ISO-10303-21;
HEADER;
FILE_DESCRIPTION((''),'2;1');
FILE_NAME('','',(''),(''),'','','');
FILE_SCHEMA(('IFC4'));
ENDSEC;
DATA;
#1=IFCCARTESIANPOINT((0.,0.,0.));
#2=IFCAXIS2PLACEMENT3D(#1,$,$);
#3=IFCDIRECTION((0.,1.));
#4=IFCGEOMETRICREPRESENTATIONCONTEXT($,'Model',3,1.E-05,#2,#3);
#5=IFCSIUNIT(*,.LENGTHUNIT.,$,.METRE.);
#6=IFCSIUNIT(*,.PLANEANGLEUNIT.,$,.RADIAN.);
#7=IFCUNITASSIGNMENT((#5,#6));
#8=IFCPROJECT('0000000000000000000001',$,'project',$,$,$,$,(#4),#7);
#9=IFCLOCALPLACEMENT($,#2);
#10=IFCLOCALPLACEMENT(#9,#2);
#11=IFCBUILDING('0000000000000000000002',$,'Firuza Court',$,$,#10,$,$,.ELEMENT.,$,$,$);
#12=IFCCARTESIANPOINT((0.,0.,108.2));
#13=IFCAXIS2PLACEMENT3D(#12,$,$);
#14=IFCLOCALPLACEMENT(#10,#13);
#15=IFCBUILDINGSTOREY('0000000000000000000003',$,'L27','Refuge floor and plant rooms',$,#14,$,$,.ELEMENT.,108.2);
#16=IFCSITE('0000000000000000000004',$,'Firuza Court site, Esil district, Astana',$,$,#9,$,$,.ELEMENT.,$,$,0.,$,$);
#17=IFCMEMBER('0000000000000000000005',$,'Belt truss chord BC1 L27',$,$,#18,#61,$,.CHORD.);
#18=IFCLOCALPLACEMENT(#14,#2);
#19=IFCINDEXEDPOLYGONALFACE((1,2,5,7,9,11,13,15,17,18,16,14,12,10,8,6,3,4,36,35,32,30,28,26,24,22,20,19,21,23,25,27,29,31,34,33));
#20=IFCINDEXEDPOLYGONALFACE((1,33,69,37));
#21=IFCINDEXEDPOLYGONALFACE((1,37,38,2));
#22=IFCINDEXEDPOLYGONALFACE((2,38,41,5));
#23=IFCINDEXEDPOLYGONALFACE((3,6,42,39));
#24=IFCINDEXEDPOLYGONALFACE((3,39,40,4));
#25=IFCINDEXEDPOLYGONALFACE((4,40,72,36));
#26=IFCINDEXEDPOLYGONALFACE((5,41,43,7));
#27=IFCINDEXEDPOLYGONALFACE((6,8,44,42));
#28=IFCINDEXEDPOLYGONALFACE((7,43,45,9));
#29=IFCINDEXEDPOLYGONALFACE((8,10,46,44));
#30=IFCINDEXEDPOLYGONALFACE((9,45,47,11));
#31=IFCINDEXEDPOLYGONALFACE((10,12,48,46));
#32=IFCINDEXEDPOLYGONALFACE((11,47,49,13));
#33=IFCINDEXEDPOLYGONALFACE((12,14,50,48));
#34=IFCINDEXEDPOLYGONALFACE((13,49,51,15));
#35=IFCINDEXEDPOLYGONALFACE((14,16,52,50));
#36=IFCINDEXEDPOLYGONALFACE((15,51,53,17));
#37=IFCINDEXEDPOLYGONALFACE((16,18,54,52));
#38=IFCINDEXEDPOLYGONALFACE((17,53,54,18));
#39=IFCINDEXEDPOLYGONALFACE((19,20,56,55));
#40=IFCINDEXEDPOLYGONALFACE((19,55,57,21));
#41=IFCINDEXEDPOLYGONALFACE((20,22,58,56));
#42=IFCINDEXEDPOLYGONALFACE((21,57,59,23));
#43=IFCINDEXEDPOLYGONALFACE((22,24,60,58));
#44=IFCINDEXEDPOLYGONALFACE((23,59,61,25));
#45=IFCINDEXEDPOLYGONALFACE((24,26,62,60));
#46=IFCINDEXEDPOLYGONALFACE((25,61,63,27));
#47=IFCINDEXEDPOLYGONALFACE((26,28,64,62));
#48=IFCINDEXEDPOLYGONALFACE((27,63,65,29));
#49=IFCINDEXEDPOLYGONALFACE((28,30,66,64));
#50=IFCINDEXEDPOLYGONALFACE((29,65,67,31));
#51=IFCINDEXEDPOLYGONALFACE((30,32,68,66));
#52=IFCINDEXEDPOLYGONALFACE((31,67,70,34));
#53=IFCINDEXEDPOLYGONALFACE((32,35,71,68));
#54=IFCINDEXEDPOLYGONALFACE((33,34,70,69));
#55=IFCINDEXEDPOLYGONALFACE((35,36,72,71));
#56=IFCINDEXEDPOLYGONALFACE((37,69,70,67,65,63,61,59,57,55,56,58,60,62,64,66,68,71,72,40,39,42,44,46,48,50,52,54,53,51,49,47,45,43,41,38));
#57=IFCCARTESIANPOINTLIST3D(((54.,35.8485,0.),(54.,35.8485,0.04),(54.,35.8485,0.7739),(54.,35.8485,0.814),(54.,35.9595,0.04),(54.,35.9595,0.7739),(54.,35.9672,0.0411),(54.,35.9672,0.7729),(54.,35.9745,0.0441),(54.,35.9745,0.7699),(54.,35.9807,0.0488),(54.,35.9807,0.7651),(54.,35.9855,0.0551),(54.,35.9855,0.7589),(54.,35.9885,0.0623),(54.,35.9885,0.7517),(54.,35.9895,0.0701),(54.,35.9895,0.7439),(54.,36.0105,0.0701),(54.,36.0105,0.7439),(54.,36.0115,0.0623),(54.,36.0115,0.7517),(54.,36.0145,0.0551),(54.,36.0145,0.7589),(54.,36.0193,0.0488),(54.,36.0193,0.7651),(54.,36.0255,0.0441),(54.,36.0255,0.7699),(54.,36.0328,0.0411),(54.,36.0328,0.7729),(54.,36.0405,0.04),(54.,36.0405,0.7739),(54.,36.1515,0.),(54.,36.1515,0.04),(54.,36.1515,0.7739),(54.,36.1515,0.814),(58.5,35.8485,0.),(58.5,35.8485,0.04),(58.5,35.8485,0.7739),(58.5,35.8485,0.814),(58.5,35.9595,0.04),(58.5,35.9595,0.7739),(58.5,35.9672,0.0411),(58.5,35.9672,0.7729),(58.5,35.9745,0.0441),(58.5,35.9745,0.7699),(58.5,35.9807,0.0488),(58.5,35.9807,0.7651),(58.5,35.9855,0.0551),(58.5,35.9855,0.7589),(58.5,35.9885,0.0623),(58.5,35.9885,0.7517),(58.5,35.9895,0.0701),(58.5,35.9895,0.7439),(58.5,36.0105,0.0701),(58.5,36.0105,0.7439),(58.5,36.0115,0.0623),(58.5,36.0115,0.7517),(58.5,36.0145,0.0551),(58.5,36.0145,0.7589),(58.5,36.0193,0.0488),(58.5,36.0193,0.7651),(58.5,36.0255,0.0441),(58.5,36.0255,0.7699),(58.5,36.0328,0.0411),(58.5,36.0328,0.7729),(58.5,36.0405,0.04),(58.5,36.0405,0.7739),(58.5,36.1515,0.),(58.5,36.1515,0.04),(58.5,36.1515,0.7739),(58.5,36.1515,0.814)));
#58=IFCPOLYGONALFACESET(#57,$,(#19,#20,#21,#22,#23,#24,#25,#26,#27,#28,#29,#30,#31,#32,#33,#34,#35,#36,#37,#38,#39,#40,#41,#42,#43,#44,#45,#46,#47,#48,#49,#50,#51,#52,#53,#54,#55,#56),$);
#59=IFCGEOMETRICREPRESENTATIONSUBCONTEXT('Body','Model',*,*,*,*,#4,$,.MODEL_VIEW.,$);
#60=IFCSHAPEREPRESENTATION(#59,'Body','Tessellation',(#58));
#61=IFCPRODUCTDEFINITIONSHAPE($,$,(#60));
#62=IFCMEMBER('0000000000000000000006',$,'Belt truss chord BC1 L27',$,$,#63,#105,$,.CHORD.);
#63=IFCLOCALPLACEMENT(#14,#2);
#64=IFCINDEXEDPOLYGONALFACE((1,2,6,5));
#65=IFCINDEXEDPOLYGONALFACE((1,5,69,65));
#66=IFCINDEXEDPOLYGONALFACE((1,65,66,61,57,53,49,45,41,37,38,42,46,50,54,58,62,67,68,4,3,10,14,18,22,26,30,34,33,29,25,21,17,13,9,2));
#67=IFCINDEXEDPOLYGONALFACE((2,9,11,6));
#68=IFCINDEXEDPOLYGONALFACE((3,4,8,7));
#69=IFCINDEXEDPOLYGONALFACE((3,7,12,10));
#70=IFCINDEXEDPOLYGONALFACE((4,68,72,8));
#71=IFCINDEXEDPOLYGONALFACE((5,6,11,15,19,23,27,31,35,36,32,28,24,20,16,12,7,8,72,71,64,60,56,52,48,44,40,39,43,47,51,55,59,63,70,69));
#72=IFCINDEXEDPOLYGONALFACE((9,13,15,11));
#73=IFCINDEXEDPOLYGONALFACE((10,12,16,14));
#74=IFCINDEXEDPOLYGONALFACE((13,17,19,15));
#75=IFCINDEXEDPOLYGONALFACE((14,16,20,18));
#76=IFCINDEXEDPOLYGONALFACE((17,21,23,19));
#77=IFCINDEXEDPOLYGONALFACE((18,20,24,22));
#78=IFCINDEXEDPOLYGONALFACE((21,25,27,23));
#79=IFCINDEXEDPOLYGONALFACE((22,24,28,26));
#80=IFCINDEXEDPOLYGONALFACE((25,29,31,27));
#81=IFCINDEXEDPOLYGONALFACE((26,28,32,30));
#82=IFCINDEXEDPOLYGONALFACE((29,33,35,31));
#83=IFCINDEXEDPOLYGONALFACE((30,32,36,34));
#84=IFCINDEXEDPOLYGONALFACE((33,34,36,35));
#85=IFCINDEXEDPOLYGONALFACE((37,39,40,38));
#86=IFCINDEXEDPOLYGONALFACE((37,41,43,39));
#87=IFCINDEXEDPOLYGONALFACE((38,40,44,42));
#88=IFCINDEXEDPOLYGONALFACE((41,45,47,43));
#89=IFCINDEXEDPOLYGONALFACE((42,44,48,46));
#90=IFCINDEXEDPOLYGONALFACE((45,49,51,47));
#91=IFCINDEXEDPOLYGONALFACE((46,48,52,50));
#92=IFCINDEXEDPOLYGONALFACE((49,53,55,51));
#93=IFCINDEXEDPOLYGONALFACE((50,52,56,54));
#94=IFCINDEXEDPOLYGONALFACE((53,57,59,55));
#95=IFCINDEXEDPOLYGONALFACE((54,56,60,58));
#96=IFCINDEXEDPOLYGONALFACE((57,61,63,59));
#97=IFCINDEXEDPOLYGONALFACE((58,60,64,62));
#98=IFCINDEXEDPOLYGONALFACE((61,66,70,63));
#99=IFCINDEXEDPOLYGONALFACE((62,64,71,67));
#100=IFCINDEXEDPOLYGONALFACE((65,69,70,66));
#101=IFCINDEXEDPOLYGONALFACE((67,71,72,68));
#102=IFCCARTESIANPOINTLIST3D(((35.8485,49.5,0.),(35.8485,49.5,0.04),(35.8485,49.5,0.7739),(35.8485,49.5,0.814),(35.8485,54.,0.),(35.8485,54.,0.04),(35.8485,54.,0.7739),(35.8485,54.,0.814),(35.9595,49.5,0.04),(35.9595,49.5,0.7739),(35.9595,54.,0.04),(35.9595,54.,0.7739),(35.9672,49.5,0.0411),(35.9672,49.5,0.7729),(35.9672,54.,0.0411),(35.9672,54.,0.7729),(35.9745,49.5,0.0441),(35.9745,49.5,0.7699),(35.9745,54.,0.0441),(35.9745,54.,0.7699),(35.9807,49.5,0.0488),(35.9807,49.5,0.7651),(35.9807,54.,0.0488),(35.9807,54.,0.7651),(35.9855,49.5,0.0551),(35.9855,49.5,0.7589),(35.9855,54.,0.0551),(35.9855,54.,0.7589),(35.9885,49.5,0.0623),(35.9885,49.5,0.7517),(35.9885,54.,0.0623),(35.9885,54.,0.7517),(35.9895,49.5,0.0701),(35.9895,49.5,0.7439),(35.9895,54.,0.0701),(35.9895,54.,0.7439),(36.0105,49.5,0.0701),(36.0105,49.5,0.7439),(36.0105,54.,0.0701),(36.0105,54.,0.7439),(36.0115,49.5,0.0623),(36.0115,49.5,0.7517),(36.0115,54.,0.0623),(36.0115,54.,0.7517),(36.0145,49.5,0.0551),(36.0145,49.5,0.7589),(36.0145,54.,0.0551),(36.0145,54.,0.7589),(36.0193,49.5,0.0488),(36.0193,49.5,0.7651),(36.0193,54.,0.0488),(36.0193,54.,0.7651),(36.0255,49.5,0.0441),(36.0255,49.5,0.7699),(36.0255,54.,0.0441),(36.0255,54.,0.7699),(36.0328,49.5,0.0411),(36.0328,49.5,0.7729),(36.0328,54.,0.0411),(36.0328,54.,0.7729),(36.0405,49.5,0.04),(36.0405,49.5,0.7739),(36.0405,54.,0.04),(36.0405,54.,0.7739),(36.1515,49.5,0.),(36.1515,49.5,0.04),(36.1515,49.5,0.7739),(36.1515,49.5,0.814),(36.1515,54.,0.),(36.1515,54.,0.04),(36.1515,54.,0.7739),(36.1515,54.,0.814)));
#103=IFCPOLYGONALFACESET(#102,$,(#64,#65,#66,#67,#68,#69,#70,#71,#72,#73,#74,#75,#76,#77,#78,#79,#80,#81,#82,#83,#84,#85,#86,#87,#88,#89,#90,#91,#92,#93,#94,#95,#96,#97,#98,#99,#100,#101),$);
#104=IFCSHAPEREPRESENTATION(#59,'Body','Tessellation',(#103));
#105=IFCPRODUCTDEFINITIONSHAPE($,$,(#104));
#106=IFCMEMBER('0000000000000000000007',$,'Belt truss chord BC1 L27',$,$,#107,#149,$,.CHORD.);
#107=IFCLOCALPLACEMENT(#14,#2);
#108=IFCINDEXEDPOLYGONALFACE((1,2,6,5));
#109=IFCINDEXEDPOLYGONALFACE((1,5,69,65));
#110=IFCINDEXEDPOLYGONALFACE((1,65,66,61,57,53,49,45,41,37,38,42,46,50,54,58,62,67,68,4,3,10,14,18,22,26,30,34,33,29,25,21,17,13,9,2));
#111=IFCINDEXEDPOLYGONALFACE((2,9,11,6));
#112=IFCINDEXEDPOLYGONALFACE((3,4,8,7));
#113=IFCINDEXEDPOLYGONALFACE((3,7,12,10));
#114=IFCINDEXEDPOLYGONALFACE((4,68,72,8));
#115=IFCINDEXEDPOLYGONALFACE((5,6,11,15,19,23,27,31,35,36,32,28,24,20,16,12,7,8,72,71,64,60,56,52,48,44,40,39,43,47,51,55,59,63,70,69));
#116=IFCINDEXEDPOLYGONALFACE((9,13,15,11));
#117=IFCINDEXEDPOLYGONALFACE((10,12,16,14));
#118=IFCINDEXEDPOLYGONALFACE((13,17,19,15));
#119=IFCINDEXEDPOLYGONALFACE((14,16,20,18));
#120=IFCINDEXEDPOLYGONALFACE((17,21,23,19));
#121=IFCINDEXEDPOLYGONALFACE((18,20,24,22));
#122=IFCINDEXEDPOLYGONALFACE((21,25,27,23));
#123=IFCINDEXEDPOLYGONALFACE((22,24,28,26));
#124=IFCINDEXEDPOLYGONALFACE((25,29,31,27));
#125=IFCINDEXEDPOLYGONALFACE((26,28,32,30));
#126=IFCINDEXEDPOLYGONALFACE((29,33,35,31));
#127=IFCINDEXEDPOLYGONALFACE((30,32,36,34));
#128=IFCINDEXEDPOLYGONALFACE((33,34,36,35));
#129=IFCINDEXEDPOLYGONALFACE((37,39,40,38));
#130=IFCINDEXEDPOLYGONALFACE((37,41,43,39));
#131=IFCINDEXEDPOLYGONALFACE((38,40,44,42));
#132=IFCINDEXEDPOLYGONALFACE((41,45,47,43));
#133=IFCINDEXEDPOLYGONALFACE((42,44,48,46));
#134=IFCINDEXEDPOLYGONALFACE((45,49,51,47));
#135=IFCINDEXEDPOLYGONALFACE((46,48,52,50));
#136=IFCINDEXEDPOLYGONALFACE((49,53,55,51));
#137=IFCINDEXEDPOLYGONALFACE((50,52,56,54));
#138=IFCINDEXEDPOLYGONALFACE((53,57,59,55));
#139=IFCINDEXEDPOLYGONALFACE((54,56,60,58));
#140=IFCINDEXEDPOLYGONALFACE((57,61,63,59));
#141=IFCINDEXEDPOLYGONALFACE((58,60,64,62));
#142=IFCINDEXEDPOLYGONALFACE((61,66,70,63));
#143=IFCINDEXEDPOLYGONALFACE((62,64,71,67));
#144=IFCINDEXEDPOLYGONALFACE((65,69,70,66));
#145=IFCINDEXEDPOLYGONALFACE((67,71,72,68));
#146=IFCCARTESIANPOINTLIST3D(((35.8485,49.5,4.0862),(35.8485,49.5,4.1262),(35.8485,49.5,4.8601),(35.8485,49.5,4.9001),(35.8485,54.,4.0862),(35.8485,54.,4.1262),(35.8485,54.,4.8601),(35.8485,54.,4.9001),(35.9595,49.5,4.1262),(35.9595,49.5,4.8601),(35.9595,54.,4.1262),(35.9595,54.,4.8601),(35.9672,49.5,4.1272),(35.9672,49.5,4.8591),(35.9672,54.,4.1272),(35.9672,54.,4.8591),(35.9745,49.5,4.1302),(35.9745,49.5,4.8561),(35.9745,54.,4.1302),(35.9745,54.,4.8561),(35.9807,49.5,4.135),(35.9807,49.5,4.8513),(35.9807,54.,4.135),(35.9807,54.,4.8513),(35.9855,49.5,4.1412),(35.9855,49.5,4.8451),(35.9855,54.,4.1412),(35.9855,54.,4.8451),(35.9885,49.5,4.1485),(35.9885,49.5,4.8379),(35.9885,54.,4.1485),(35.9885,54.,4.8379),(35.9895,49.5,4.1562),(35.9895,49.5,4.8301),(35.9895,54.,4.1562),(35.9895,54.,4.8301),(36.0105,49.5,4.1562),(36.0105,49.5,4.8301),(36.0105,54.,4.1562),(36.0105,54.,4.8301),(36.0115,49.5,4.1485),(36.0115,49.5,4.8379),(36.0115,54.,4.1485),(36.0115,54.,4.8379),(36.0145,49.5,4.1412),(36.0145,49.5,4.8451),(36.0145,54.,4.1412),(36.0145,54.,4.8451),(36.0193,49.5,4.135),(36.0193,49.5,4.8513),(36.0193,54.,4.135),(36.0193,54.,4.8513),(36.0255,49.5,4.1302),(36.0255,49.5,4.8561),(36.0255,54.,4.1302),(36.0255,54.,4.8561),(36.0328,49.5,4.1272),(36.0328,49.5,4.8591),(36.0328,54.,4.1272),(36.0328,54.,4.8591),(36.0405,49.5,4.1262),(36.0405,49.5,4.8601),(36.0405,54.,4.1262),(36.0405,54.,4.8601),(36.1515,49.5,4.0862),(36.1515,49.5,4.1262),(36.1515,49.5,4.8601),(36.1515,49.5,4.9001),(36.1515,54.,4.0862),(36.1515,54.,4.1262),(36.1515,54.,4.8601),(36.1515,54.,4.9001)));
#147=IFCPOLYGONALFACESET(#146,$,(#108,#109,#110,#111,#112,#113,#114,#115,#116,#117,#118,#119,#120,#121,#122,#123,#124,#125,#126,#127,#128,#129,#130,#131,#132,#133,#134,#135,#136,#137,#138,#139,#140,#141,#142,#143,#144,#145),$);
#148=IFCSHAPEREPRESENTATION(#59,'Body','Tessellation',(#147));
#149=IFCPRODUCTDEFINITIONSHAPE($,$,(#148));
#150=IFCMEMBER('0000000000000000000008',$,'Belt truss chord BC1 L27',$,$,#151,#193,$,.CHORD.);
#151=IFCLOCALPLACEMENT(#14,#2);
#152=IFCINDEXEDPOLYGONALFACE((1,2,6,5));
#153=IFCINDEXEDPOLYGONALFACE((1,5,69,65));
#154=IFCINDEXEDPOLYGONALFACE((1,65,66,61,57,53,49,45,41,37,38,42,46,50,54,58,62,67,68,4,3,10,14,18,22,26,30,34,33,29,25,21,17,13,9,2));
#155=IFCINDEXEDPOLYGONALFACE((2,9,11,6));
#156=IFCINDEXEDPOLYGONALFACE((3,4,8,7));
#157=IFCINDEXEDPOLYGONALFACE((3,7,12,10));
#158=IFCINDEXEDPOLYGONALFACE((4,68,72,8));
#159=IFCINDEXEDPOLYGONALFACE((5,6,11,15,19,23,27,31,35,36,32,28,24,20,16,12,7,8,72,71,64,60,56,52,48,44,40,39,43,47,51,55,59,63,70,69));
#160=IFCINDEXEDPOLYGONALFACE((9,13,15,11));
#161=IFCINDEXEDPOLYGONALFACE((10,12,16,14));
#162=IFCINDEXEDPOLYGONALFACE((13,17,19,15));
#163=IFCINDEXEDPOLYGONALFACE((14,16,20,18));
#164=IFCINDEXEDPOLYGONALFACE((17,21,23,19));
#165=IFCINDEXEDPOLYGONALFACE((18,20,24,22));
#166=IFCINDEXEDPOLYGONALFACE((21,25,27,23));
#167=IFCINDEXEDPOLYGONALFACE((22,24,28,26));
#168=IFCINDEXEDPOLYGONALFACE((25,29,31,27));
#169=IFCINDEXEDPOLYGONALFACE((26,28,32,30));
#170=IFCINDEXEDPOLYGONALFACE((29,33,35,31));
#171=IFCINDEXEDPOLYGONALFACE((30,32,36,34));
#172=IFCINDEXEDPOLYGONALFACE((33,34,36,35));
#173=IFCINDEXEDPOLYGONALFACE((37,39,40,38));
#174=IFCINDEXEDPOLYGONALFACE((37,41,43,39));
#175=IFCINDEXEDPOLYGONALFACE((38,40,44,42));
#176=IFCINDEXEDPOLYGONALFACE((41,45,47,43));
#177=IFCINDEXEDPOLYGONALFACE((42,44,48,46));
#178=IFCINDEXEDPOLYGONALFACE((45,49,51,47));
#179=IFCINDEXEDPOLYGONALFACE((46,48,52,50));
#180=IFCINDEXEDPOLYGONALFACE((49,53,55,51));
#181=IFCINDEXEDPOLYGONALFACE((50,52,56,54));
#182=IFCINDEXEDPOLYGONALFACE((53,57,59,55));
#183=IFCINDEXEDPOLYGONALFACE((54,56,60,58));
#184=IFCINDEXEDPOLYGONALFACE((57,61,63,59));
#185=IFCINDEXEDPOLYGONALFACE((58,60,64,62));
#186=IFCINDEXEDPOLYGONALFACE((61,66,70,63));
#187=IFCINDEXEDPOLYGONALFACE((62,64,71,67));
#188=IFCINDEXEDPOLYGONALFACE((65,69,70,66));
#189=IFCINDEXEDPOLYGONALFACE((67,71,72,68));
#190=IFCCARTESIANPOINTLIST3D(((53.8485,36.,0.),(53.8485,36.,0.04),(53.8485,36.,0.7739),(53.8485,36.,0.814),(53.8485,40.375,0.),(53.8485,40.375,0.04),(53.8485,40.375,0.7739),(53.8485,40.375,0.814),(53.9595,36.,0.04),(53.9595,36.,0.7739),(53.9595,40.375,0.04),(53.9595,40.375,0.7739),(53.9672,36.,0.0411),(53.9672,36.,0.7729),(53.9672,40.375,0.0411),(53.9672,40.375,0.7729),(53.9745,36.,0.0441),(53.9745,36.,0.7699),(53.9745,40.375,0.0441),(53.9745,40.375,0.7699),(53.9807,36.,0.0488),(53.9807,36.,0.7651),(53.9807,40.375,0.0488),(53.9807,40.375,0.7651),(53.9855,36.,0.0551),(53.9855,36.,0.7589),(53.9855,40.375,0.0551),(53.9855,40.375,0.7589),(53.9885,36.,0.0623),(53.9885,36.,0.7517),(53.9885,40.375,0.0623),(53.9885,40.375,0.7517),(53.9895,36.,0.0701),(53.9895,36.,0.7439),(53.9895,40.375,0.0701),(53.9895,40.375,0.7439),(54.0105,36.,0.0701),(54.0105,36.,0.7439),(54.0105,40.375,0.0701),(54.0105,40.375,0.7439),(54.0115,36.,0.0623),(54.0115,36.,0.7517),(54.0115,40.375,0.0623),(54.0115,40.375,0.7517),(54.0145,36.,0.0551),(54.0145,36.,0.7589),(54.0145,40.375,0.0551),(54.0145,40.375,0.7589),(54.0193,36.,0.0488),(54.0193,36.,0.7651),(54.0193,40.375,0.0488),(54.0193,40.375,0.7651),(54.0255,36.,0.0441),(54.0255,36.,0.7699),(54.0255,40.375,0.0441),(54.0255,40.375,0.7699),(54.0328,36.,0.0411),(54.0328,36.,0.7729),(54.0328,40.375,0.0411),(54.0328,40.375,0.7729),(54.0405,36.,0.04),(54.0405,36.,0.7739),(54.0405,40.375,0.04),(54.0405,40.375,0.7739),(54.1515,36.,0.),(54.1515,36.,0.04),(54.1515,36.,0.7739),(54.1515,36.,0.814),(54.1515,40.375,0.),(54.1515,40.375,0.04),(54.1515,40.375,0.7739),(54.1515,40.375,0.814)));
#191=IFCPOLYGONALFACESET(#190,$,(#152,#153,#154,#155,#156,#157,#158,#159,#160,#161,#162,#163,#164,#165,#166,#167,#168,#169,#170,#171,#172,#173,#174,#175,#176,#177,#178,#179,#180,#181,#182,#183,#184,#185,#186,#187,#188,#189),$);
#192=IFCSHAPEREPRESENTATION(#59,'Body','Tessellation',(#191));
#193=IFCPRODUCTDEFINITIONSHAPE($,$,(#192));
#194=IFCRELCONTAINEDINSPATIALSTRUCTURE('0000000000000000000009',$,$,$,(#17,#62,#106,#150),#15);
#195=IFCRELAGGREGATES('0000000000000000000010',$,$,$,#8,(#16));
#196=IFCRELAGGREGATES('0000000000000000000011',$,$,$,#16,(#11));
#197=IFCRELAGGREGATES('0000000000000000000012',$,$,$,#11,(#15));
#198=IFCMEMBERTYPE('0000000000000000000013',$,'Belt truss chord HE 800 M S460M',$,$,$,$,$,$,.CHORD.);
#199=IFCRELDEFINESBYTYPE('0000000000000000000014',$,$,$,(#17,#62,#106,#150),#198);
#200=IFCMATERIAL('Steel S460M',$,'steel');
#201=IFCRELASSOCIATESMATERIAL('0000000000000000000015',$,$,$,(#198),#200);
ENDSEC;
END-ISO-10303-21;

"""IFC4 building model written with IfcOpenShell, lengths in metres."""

from ifc_helpers import new_model, si_unit, direction, frame, origin, origin_2d, place, context, subcontext, project, spatial, i_section, extrude, material, material_profile, profile_set, type_object, element, save


model = new_model("IFC4")

# Units and contexts
model_context = context("Model", 3, precision=1e-05, world=origin(), true_north=direction((0.0, 1.0)))
body_context = subcontext(model_context, "Body", "Model", "MODEL_VIEW")
ifc_project = project(units=[si_unit("LENGTHUNIT", "METRE"), si_unit("PLANEANGLEUNIT", "RADIAN")], contexts=[model_context])

# Site, building, storey
site_placement = place(None, origin())
site = spatial("IfcSite", under=ifc_project, at=site_placement, Name="Firuza Court site, Esil district, Astana", CompositionType="ELEMENT", RefElevation=0.0)
building_placement = place(site_placement, origin())
building = spatial("IfcBuilding", under=site, at=building_placement, Name="Firuza Court", CompositionType="ELEMENT")
storey_placement = place(building_placement, frame((0.0, 0.0, 108.2)))
storey = spatial("IfcBuildingStorey", under=building, at=storey_placement, Name="L27", Description="Refuge floor and plant rooms", CompositionType="ELEMENT", Elevation=108.2)

# Members
ifc_material_1 = material(Name="Steel S460M", Category="steel")
ifc_material_profile_1 = material_profile(ifc_material_1, i_section(OverallWidth=0.303, OverallDepth=0.814, WebThickness=0.021, FlangeThickness=0.04, FilletRadius=0.03, at=origin_2d()), Name="HE 800 M")
ifc_profile_set_1 = profile_set([ifc_material_profile_1], Name="Steel S460M")
member_type_1 = type_object("IfcMemberType", Name="Belt truss chord HE 800 M S460M", PredefinedType="CHORD", material=ifc_profile_set_1)
for number, where, z_axis, x_axis, name in (
    (1, (54.0, 36.0, 0.407), (1.0, 0.0, 0.0), (0.0, 1.0, 0.0), "Belt truss chord BC1 L27"),
    (2, (36.0, 49.5, 0.407), (0.0, 1.0, 0.0), (-1.0, 0.0, 0.0), "Belt truss chord BC1 L27"),
    (3, (36.0, 49.5, 4.4932), (0.0, 1.0, 0.0), (-1.0, 0.0, 0.0), "Belt truss chord BC1 L27"),
):
    element("IfcMember", number, at=place(storey_placement, frame(where, z_axis=z_axis, x_axis=x_axis)), inside=storey, type_object=member_type_1, Name=name, PredefinedType="CHORD", context=body_context, shape_type="SweptSolid", body=[
        extrude(i_section(OverallWidth=0.303, OverallDepth=0.814, WebThickness=0.021, FlangeThickness=0.04, FilletRadius=0.03, at=origin_2d()), origin(), (0.0, 0.0, 1.0), 4.5),
    ])
for number, where, z_axis, x_axis, name in (
    (4, (54.0, 36.0, 0.407), (0.0, 1.0, 0.0), (-1.0, 0.0, 0.0), "Belt truss chord BC1 L27"),
):
    element("IfcMember", number, at=place(storey_placement, frame(where, z_axis=z_axis, x_axis=x_axis)), inside=storey, type_object=member_type_1, Name=name, PredefinedType="CHORD", context=body_context, shape_type="SweptSolid", body=[
        extrude(i_section(OverallWidth=0.303, OverallDepth=0.814, WebThickness=0.021, FlangeThickness=0.04, FilletRadius=0.03, at=origin_2d()), origin(), (0.0, 0.0, 1.0), 4.375),
    ])

save(model, "model.ifc")
